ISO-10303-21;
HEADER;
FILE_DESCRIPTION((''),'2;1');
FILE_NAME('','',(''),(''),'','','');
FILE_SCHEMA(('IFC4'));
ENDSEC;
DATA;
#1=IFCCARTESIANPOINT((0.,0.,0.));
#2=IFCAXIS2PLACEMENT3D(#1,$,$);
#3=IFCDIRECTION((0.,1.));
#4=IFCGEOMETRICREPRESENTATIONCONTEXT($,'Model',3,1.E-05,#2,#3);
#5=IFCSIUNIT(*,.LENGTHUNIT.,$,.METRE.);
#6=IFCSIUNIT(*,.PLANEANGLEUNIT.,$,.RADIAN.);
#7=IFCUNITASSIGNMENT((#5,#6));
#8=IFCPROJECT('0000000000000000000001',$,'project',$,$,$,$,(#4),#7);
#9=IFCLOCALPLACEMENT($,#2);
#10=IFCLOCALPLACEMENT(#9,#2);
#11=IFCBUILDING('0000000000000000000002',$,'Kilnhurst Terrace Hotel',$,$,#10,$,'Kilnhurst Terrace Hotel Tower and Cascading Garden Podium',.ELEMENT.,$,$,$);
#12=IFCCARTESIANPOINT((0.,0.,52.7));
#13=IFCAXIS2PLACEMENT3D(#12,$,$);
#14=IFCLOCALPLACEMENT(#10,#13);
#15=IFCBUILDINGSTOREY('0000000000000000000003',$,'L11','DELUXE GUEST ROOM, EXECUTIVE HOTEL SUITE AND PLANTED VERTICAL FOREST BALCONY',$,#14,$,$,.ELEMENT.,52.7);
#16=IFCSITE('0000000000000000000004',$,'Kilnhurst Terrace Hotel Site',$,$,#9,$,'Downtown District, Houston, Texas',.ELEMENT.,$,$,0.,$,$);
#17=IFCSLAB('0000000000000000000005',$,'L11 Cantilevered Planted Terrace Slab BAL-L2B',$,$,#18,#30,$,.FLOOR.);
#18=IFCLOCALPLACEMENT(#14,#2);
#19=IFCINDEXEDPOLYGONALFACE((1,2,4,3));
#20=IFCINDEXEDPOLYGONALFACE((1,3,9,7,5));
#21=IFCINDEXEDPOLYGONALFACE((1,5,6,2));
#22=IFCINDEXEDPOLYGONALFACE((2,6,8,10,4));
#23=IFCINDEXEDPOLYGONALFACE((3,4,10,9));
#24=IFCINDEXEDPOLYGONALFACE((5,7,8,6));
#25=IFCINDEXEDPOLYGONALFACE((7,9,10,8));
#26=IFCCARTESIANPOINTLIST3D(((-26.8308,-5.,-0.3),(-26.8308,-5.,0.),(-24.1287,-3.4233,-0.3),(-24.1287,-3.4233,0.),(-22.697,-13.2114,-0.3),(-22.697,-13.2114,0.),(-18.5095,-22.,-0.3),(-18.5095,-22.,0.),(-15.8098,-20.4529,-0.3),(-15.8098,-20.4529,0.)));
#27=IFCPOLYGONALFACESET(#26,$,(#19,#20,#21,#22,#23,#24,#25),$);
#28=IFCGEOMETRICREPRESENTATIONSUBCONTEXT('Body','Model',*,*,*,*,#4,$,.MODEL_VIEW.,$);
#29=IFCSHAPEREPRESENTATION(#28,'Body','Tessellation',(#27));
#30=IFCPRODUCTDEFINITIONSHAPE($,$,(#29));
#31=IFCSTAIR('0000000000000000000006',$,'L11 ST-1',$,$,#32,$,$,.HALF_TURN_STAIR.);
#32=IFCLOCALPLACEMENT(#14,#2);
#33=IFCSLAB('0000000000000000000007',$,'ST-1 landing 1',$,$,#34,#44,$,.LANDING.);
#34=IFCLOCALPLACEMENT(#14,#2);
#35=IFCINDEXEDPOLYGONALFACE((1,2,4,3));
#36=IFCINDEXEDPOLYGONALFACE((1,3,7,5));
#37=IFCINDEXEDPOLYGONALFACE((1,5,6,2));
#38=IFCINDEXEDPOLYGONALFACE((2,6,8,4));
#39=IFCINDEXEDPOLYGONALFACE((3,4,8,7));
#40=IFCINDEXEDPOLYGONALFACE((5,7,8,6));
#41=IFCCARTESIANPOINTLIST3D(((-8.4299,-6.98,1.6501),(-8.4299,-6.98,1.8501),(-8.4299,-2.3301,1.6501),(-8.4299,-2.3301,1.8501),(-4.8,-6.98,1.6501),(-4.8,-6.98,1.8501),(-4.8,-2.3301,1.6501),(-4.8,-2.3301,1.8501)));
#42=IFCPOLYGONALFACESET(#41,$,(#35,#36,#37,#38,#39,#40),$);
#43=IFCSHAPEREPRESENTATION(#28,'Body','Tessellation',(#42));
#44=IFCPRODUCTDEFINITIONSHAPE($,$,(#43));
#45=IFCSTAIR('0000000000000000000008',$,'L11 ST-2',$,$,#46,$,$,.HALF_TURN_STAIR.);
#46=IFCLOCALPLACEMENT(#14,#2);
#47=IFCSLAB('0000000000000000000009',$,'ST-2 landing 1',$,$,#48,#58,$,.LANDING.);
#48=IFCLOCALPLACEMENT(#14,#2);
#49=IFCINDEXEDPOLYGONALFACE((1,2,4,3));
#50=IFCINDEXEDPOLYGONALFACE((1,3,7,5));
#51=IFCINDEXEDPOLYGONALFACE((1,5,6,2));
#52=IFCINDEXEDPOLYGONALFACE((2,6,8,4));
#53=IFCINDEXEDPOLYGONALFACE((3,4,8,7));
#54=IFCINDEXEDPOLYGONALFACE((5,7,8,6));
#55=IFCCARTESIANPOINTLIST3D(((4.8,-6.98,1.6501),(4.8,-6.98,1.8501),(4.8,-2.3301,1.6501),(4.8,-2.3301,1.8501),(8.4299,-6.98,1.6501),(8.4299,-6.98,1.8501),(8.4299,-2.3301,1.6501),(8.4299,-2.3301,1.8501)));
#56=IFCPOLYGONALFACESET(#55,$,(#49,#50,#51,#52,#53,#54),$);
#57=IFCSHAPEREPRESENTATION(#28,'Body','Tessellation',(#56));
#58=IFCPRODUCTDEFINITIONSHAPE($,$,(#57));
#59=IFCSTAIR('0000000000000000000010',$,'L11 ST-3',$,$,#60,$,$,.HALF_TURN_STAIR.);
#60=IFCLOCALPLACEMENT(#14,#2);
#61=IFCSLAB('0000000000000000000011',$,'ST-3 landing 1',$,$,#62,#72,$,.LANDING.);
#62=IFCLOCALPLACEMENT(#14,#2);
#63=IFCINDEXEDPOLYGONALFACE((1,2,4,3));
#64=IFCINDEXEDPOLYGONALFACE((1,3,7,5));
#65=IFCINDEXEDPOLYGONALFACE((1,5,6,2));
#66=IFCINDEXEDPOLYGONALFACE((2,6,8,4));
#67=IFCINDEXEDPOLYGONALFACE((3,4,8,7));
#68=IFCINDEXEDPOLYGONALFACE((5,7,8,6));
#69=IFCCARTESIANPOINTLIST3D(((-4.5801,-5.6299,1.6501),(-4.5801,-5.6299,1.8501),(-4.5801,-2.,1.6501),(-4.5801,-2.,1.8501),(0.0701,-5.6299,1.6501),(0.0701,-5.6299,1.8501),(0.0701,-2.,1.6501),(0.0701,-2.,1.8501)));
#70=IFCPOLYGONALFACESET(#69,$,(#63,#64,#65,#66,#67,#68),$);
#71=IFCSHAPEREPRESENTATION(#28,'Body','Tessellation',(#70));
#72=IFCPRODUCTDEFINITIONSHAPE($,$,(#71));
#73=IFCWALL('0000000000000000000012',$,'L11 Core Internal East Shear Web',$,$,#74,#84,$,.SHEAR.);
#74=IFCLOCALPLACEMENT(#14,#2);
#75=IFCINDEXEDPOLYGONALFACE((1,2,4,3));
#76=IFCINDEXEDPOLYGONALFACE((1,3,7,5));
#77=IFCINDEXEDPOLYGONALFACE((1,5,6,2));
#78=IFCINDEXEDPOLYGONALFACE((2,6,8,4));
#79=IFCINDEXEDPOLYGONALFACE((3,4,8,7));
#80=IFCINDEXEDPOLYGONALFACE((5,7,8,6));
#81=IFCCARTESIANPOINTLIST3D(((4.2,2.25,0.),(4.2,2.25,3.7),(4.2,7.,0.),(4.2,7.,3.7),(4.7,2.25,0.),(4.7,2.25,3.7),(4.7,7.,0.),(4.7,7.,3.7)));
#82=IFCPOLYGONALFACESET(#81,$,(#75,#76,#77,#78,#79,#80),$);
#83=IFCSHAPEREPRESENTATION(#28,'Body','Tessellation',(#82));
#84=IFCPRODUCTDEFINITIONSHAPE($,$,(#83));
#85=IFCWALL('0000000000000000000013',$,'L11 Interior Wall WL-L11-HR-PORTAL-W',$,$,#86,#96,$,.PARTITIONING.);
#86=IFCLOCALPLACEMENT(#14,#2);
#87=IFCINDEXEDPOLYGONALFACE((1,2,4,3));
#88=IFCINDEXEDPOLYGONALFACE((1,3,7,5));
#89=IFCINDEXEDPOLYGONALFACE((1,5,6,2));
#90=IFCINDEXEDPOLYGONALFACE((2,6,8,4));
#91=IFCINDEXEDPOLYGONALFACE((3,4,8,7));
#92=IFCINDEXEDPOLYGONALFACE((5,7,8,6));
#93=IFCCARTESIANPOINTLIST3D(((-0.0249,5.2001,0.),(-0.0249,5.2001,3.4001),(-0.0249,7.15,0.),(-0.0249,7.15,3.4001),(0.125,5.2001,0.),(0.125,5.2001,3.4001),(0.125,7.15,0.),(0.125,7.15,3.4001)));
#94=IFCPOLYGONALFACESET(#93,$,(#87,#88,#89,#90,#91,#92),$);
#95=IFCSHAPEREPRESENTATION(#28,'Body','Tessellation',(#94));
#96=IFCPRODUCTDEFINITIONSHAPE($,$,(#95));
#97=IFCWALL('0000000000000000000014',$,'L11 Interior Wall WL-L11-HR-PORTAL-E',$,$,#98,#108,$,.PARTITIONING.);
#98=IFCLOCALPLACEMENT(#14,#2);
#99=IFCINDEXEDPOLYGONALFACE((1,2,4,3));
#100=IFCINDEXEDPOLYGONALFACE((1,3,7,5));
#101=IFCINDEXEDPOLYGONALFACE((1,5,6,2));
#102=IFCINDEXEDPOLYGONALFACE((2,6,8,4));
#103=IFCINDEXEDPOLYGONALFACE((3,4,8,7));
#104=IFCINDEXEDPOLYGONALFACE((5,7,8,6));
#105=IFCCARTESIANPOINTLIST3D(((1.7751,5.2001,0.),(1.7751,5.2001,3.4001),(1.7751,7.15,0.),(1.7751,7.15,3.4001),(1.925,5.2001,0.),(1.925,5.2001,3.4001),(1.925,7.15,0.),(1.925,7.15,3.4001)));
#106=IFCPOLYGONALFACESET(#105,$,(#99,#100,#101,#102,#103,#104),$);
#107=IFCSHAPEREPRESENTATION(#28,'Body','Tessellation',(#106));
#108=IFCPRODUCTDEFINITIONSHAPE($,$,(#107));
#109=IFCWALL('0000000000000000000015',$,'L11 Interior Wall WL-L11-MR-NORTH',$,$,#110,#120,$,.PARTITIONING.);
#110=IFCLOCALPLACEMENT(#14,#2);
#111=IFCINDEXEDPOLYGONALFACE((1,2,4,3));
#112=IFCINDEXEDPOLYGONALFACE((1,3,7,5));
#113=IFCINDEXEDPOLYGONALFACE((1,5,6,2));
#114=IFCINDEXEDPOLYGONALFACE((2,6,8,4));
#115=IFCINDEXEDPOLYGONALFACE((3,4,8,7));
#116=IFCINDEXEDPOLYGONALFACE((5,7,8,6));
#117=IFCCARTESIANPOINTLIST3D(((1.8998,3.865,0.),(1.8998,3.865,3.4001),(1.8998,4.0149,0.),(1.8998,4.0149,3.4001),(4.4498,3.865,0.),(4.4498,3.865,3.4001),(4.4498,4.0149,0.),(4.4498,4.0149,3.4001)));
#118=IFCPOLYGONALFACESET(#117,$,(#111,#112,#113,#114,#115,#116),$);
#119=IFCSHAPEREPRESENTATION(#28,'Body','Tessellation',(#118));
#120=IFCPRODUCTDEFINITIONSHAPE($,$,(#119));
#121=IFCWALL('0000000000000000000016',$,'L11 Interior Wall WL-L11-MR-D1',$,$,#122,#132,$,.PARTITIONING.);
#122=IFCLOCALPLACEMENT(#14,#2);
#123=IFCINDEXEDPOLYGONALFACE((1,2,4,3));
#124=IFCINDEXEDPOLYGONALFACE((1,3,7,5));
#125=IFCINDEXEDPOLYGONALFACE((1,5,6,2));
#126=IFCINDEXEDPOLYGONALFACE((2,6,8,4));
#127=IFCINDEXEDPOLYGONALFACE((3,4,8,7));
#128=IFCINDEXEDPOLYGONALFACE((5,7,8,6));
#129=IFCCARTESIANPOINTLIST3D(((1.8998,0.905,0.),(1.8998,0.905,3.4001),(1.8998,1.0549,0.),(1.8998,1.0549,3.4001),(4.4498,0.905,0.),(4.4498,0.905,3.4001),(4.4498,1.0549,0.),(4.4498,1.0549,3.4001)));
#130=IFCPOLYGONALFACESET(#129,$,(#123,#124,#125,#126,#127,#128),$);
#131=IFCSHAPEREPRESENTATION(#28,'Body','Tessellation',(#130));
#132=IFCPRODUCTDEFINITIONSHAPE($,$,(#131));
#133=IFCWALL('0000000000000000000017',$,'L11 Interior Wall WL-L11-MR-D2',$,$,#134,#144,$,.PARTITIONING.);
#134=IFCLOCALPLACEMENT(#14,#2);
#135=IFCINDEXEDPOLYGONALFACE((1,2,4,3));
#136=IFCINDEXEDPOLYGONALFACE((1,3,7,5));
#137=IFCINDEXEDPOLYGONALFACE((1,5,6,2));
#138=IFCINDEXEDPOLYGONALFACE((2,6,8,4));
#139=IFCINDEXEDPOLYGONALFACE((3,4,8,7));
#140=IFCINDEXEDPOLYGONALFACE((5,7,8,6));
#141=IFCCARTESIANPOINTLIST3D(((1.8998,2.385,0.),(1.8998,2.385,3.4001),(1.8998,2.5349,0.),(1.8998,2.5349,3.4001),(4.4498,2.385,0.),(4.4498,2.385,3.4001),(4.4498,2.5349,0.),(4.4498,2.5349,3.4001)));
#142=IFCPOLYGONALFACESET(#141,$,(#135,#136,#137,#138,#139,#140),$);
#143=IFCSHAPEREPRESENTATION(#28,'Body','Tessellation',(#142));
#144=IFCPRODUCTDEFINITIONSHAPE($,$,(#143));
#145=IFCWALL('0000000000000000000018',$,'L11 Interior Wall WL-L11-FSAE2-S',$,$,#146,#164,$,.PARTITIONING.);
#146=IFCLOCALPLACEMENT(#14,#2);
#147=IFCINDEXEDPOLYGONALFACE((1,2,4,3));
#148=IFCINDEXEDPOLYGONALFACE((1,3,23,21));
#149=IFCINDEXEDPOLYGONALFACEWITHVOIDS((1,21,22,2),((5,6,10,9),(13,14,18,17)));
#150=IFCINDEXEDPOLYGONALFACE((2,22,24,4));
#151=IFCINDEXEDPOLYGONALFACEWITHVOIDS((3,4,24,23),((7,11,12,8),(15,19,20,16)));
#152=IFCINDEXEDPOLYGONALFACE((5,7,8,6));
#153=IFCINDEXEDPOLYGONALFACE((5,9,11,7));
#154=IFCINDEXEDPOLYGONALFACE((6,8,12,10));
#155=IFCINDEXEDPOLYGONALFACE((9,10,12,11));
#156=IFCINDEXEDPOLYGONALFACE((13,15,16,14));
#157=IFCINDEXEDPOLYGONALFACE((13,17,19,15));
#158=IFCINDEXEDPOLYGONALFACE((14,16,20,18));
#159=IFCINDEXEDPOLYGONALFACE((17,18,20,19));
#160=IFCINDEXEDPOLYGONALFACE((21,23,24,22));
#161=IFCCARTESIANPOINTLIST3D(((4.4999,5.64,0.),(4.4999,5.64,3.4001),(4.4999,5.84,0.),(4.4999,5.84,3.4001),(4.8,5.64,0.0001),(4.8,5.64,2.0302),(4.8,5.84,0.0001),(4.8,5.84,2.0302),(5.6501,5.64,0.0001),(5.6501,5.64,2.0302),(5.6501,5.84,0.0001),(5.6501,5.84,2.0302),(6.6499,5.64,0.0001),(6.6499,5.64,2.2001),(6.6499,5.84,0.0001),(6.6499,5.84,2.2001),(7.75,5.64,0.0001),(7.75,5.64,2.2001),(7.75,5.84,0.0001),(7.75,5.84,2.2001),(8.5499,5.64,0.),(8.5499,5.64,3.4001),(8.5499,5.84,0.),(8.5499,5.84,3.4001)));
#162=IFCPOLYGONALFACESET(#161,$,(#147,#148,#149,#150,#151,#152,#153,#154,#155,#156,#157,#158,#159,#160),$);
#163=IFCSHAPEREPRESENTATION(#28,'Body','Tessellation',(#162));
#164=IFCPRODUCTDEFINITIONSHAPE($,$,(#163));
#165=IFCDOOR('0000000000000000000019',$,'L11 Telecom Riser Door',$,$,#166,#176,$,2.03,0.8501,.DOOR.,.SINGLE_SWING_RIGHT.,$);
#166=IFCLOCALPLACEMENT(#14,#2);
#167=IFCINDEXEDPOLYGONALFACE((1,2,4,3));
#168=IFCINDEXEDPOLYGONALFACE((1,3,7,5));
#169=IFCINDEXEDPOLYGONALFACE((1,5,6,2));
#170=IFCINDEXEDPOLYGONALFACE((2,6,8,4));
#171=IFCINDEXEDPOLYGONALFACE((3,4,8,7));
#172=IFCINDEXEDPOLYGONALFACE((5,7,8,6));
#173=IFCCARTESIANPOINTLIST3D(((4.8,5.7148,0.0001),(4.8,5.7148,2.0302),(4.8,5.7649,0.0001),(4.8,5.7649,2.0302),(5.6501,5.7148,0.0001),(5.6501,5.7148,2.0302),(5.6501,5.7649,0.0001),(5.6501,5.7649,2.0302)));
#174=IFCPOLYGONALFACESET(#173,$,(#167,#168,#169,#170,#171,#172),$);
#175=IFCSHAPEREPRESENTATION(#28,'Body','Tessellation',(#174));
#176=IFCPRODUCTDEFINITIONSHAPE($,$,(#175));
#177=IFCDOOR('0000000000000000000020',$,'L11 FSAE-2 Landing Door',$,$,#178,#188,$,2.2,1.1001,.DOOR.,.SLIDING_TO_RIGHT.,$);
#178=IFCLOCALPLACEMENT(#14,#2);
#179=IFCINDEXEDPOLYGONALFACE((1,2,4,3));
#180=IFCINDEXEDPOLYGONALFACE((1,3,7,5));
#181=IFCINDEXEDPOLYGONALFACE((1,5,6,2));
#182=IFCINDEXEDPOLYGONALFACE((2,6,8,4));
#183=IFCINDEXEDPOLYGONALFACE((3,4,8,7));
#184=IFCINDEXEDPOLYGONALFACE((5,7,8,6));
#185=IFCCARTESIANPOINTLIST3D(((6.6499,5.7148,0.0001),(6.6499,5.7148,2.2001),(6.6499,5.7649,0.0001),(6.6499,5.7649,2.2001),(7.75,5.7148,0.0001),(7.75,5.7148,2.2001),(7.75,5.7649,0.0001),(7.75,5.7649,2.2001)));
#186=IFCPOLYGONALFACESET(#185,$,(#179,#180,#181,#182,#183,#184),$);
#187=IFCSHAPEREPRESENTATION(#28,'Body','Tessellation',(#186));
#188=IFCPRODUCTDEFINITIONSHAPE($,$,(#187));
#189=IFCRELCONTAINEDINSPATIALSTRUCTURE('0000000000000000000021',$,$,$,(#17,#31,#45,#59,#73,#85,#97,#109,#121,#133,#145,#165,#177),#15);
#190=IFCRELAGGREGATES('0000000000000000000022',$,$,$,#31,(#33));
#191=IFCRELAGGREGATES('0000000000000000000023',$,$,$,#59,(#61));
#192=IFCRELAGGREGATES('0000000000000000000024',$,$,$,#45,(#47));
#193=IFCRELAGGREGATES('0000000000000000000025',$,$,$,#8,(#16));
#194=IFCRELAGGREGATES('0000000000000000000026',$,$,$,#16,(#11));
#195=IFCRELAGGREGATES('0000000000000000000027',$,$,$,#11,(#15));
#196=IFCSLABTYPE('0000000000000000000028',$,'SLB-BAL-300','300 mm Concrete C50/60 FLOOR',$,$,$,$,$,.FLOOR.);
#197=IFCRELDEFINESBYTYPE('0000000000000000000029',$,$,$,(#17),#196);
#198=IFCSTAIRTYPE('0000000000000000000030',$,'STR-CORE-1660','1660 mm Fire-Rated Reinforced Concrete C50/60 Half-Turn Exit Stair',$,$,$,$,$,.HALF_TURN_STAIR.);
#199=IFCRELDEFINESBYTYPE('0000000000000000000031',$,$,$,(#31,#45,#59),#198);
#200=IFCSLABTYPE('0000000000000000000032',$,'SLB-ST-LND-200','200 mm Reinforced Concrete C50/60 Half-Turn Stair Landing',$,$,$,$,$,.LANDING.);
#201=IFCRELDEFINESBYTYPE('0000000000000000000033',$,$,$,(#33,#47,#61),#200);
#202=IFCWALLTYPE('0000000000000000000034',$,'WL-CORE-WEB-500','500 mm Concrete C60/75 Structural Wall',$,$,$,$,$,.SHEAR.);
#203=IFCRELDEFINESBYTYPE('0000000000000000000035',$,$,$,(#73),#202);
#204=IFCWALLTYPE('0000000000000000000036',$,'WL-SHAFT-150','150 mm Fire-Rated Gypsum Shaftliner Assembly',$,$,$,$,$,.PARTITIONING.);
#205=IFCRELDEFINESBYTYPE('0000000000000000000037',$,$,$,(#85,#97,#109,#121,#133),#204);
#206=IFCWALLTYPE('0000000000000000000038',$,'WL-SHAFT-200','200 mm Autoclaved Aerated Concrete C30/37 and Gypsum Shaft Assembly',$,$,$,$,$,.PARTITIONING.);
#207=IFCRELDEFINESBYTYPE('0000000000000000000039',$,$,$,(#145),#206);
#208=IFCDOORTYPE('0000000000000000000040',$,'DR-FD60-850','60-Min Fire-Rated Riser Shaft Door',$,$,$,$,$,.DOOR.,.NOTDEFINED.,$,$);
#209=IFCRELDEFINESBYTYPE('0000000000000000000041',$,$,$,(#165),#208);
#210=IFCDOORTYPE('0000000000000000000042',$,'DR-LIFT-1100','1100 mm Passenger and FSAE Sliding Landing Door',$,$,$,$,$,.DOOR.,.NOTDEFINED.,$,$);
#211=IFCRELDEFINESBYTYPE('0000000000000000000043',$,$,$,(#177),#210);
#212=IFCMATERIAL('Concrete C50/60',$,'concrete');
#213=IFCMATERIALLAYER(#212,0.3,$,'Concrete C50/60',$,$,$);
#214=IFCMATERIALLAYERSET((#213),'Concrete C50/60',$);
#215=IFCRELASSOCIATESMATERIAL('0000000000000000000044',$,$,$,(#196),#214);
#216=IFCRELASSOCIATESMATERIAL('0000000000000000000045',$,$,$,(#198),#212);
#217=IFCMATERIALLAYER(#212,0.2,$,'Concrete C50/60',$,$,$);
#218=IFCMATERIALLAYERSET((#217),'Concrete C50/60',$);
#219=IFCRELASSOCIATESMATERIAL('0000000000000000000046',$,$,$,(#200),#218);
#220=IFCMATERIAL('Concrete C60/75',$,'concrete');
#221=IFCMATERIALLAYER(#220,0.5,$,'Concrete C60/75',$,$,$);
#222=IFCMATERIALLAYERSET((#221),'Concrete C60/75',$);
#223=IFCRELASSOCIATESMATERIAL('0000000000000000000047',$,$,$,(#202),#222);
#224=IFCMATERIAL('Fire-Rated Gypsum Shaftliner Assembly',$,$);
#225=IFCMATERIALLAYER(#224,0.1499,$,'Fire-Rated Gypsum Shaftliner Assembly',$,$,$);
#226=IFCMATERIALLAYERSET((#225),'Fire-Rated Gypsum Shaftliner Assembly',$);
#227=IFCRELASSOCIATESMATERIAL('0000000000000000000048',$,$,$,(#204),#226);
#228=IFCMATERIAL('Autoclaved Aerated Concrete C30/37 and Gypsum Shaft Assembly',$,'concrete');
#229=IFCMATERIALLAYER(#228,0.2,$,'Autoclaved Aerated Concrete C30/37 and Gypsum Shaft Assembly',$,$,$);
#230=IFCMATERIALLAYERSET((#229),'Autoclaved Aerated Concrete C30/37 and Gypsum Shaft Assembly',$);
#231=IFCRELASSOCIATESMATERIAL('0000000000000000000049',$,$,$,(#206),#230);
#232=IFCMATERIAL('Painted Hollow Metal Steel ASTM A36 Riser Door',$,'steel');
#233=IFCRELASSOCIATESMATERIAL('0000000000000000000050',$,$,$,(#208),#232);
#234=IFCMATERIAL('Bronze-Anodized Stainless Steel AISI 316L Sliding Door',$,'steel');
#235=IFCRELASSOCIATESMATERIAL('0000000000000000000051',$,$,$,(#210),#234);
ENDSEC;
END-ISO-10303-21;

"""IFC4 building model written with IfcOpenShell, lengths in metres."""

from ifc_helpers import new_model, si_unit, direction, frame, frame_2d, origin, place, context, subcontext, project, spatial, polyline, rectangle, outline, extrude, material, layer, layer_set, type_object, element, fill, aggregate, save


model = new_model("IFC4")

# Units and contexts
model_context = context("Model", 3, precision=1e-05, world=origin(), true_north=direction((0.0, 1.0)))
body_context = subcontext(model_context, "Body", "Model", "MODEL_VIEW")
ifc_project = project(units=[si_unit("LENGTHUNIT", "METRE"), si_unit("PLANEANGLEUNIT", "RADIAN")], contexts=[model_context])

# Site, building, storey
site_placement = place(None, origin())
site = spatial("IfcSite", under=ifc_project, at=site_placement, Name="Kilnhurst Terrace Hotel Site", LongName="Downtown District, Houston, Texas", CompositionType="ELEMENT", RefElevation=0.0)
building_placement = place(site_placement, origin())
building = spatial("IfcBuilding", under=site, at=building_placement, Name="Kilnhurst Terrace Hotel", LongName="Kilnhurst Terrace Hotel Tower and Cascading Garden Podium", CompositionType="ELEMENT")
storey_placement = place(building_placement, frame((0.0, 0.0, 52.7)))
storey = spatial("IfcBuildingStorey", under=building, at=storey_placement, Name="L11", Description="DELUXE GUEST ROOM, EXECUTIVE HOTEL SUITE AND PLANTED VERTICAL FOREST BALCONY", CompositionType="ELEMENT", Elevation=52.7)

# Slab
ifc_material_1 = material(Name="Concrete C50/60", Category="concrete")
ifc_layer_1 = layer(ifc_material_1, 0.3, Name="Concrete C50/60")
ifc_layer_set_1 = layer_set([ifc_layer_1], Name="Concrete C50/60")
slab_type_1 = type_object("IfcSlabType", Name="SLB-BAL-300", Description="300 mm Concrete C50/60 FLOOR", PredefinedType="FLOOR", material=ifc_layer_set_1)
slab_1_placement = place(storey_placement, frame((0.0, 0.0, -0.3)))
element("IfcSlab", 1, at=slab_1_placement, inside=storey, type_object=slab_type_1, Name="L11 Cantilevered Planted Terrace Slab BAL-L2B", PredefinedType="FLOOR", context=body_context, shape_type="SweptSolid", body=[
    extrude(outline(polyline([(-26.8308, -5.0), (-24.1287, -3.4233), (-15.8098, -20.4529), (-18.5095, -22.0), (-22.697, -13.2114), (-26.8308, -5.0)])), origin(), (0.0, 0.0, 1.0), 0.3),
])

# Stairs, slabs
stair_type = type_object("IfcStairType", Name="STR-CORE-1660", Description="1660 mm Fire-Rated Reinforced Concrete C50/60 Half-Turn Exit Stair", PredefinedType="HALF_TURN_STAIR", material=ifc_material_1)
stair_1_placement = place(storey_placement, origin())
stair_1 = element("IfcStair", 2, at=stair_1_placement, inside=storey, type_object=stair_type, Name="L11 ST-1", PredefinedType="HALF_TURN_STAIR")
ifc_layer_2 = layer(ifc_material_1, 0.2, Name="Concrete C50/60")
ifc_layer_set_2 = layer_set([ifc_layer_2], Name="Concrete C50/60")
slab_type_2 = type_object("IfcSlabType", Name="SLB-ST-LND-200", Description="200 mm Reinforced Concrete C50/60 Half-Turn Stair Landing", PredefinedType="LANDING", material=ifc_layer_set_2)
slab_2_placement = place(storey_placement, frame((0.0, 0.0, 1.6501)))
slab_2 = element("IfcSlab", 3, at=slab_2_placement, type_object=slab_type_2, Name="ST-1 landing 1", PredefinedType="LANDING", context=body_context, shape_type="SweptSolid", body=[
    extrude(outline(polyline([(-8.4299, -2.3301), (-4.8, -2.3301), (-4.8, -6.98), (-8.4299, -6.98), (-8.4299, -2.3301)])), origin(), (0.0, 0.0, 1.0), 0.2),
])
aggregate(stair_1, [slab_2])
stair_2_placement = place(storey_placement, origin())
stair_2 = element("IfcStair", 4, at=stair_2_placement, inside=storey, type_object=stair_type, Name="L11 ST-2", PredefinedType="HALF_TURN_STAIR")
slab_3_placement = place(storey_placement, frame((0.0, 0.0, 1.6501)))
slab_3 = element("IfcSlab", 5, at=slab_3_placement, type_object=slab_type_2, Name="ST-2 landing 1", PredefinedType="LANDING", context=body_context, shape_type="SweptSolid", body=[
    extrude(outline(polyline([(4.8, -2.3301), (8.4299, -2.3301), (8.4299, -6.98), (4.8, -6.98), (4.8, -2.3301)])), origin(), (0.0, 0.0, 1.0), 0.2),
])
stair_3_placement = place(storey_placement, origin())
stair_3 = element("IfcStair", 6, at=stair_3_placement, inside=storey, type_object=stair_type, Name="L11 ST-3", PredefinedType="HALF_TURN_STAIR")
slab_4_placement = place(storey_placement, frame((0.0, 0.0, 1.6501)))
slab_4 = element("IfcSlab", 7, at=slab_4_placement, type_object=slab_type_2, Name="ST-3 landing 1", PredefinedType="LANDING", context=body_context, shape_type="SweptSolid", body=[
    extrude(outline(polyline([(0.0701, -2.0), (0.0701, -5.6299), (-4.5801, -5.6299), (-4.5801, -2.0), (0.0701, -2.0)])), origin(), (0.0, 0.0, 1.0), 0.2),
])
aggregate(stair_3, [slab_4])

# Walls
ifc_material_2 = material(Name="Concrete C60/75", Category="concrete")
ifc_layer_3 = layer(ifc_material_2, 0.5, Name="Concrete C60/75")
ifc_layer_set_3 = layer_set([ifc_layer_3], Name="Concrete C60/75")
wall_type_1 = type_object("IfcWallType", Name="WL-CORE-WEB-500", Description="500 mm Concrete C60/75 Structural Wall", PredefinedType="SHEAR", material=ifc_layer_set_3)
wall_1_placement = place(storey_placement, frame((4.45, 2.25, 0.0), z_axis=(0.0, 0.0, 1.0), x_axis=(0.0, 1.0, 0.0)))
element("IfcWall", 8, at=wall_1_placement, inside=storey, type_object=wall_type_1, Name="L11 Core Internal East Shear Web", PredefinedType="SHEAR", context=body_context, shape_type="SweptSolid", body=[
    extrude(rectangle(XDim=4.75, YDim=0.5, at=frame_2d((2.375, 0.0))), origin(), (0.0, 0.0, 1.0), 3.7),
])
ifc_material_3 = material(Name="Fire-Rated Gypsum Shaftliner Assembly")
ifc_layer_4 = layer(ifc_material_3, 0.1499, Name="Fire-Rated Gypsum Shaftliner Assembly")
ifc_layer_set_4 = layer_set([ifc_layer_4], Name="Fire-Rated Gypsum Shaftliner Assembly")
wall_type_2 = type_object("IfcWallType", Name="WL-SHAFT-150", Description="150 mm Fire-Rated Gypsum Shaftliner Assembly", PredefinedType="PARTITIONING", material=ifc_layer_set_4)
for number, where, z_axis, x_axis, name in (
    (9, (0.05, 5.2, 0.0), (0.0, 0.0, 1.0), (0.0, 1.0, 0.0), "L11 Interior Wall WL-L11-HR-PORTAL-W"),
    (10, (1.8501, 5.2, 0.0), (0.0, 0.0, 1.0), (0.0, 1.0, 0.0), "L11 Interior Wall WL-L11-HR-PORTAL-E"),
):
    element("IfcWall", number, at=place(storey_placement, frame(where, z_axis=z_axis, x_axis=x_axis)), inside=storey, type_object=wall_type_2, Name=name, PredefinedType="PARTITIONING", context=body_context, shape_type="SweptSolid", body=[
        extrude(rectangle(XDim=1.95, YDim=0.1499, at=frame_2d((0.9751, 0.0))), origin(), (0.0, 0.0, 1.0), 3.4001),
    ])
for number, where, z_axis, x_axis, name in (
    (11, (1.8999, 3.9399, 0.0), (0.0, 0.0, 1.0), (1.0, 0.0, 0.0), "L11 Interior Wall WL-L11-MR-NORTH"),
    (12, (1.8999, 0.98, 0.0), (0.0, 0.0, 1.0), (1.0, 0.0, 0.0), "L11 Interior Wall WL-L11-MR-D1"),
    (13, (1.8999, 2.46, 0.0), (0.0, 0.0, 1.0), (1.0, 0.0, 0.0), "L11 Interior Wall WL-L11-MR-D2"),
):
    element("IfcWall", number, at=place(storey_placement, frame(where, z_axis=z_axis, x_axis=x_axis)), inside=storey, type_object=wall_type_2, Name=name, PredefinedType="PARTITIONING", context=body_context, shape_type="SweptSolid", body=[
        extrude(rectangle(XDim=2.55, YDim=0.1499, at=frame_2d((1.2749, 0.0))), origin(), (0.0, 0.0, 1.0), 3.4001),
    ])

# Wall, openings, doors
ifc_material_4 = material(Name="Autoclaved Aerated Concrete C30/37 and Gypsum Shaft Assembly", Category="concrete")
ifc_layer_5 = layer(ifc_material_4, 0.2, Name="Autoclaved Aerated Concrete C30/37 and Gypsum Shaft Assembly")
ifc_layer_set_5 = layer_set([ifc_layer_5], Name="Autoclaved Aerated Concrete C30/37 and Gypsum Shaft Assembly")
wall_type_3 = type_object("IfcWallType", Name="WL-SHAFT-200", Description="200 mm Autoclaved Aerated Concrete C30/37 and Gypsum Shaft Assembly", PredefinedType="PARTITIONING", material=ifc_layer_set_5)
wall_2_placement = place(storey_placement, frame((4.5, 5.74, 0.0), z_axis=(0.0, 0.0, 1.0), x_axis=(1.0, 0.0, 0.0)))
wall_2 = element("IfcWall", 14, at=wall_2_placement, inside=storey, type_object=wall_type_3, Name="L11 Interior Wall WL-L11-FSAE2-S", PredefinedType="PARTITIONING", context=body_context, shape_type="SweptSolid", body=[
    extrude(rectangle(XDim=4.05, YDim=0.2, at=frame_2d((2.0249, 0.0))), origin(), (0.0, 0.0, 1.0), 3.4001),
])
opening_1_placement = place(wall_2_placement, frame((0.3, 0.0, 0.0)))
opening_1 = element("IfcOpeningElement", 15, at=opening_1_placement, cuts=wall_2, PredefinedType="OPENING", context=body_context, shape_type="SweptSolid", body=[
    extrude(rectangle(XDim=0.8501, YDim=2.03, at=frame_2d((0.425, 1.0151))), frame((0.0, 0.1099, 0.0), z_axis=(0.0, -1.0, 0.0), x_axis=(1.0, 0.0, 0.0)), (0.0, 0.0, 1.0), 0.22),
])
opening_2_placement = place(wall_2_placement, frame((2.1499, 0.0, 0.0)))
opening_2 = element("IfcOpeningElement", 16, at=opening_2_placement, cuts=wall_2, PredefinedType="OPENING", context=body_context, shape_type="SweptSolid", body=[
    extrude(rectangle(XDim=1.1001, YDim=2.2, at=frame_2d((0.55, 1.1001))), frame((0.0, 0.1099, 0.0), z_axis=(0.0, -1.0, 0.0), x_axis=(1.0, 0.0, 0.0)), (0.0, 0.0, 1.0), 0.22),
])
ifc_material_5 = material(Name="Painted Hollow Metal Steel ASTM A36 Riser Door", Category="steel")
door_type_1 = type_object("IfcDoorType", Name="DR-FD60-850", Description="60-Min Fire-Rated Riser Shaft Door", OperationType="NOTDEFINED", PredefinedType="DOOR", material=ifc_material_5)
door_1_placement = place(opening_1_placement, origin())
door_1 = element("IfcDoor", 17, at=door_1_placement, inside=storey, type_object=door_type_1, Name="L11 Telecom Riser Door", OperationType="SINGLE_SWING_RIGHT", OverallHeight=2.03, OverallWidth=0.8501, PredefinedType="DOOR", context=body_context, shape_type="SweptSolid", body=[
    extrude(rectangle(XDim=0.8501, YDim=2.03, at=frame_2d((0.425, 1.0151))), frame((0.0, 0.0249, 0.0), z_axis=(0.0, -1.0, 0.0), x_axis=(1.0, 0.0, 0.0)), (0.0, 0.0, 1.0), 0.05),
])
fill(opening_1, door_1)
ifc_material_6 = material(Name="Bronze-Anodized Stainless Steel AISI 316L Sliding Door", Category="steel")
door_type_2 = type_object("IfcDoorType", Name="DR-LIFT-1100", Description="1100 mm Passenger and FSAE Sliding Landing Door", OperationType="NOTDEFINED", PredefinedType="DOOR", material=ifc_material_6)
door_2_placement = place(opening_2_placement, origin())
door_2 = element("IfcDoor", 18, at=door_2_placement, inside=storey, type_object=door_type_2, Name="L11 FSAE-2 Landing Door", OperationType="SLIDING_TO_RIGHT", OverallHeight=2.2, OverallWidth=1.1001, PredefinedType="DOOR", context=body_context, shape_type="SweptSolid", body=[
    extrude(rectangle(XDim=1.1001, YDim=2.2, at=frame_2d((0.55, 1.1001))), frame((0.0, 0.0249, 0.0), z_axis=(0.0, -1.0, 0.0), x_axis=(1.0, 0.0, 0.0)), (0.0, 0.0, 1.0), 0.05),
])
fill(opening_2, door_2)

aggregate(stair_2, [slab_3])

save(model, "model.ifc")
